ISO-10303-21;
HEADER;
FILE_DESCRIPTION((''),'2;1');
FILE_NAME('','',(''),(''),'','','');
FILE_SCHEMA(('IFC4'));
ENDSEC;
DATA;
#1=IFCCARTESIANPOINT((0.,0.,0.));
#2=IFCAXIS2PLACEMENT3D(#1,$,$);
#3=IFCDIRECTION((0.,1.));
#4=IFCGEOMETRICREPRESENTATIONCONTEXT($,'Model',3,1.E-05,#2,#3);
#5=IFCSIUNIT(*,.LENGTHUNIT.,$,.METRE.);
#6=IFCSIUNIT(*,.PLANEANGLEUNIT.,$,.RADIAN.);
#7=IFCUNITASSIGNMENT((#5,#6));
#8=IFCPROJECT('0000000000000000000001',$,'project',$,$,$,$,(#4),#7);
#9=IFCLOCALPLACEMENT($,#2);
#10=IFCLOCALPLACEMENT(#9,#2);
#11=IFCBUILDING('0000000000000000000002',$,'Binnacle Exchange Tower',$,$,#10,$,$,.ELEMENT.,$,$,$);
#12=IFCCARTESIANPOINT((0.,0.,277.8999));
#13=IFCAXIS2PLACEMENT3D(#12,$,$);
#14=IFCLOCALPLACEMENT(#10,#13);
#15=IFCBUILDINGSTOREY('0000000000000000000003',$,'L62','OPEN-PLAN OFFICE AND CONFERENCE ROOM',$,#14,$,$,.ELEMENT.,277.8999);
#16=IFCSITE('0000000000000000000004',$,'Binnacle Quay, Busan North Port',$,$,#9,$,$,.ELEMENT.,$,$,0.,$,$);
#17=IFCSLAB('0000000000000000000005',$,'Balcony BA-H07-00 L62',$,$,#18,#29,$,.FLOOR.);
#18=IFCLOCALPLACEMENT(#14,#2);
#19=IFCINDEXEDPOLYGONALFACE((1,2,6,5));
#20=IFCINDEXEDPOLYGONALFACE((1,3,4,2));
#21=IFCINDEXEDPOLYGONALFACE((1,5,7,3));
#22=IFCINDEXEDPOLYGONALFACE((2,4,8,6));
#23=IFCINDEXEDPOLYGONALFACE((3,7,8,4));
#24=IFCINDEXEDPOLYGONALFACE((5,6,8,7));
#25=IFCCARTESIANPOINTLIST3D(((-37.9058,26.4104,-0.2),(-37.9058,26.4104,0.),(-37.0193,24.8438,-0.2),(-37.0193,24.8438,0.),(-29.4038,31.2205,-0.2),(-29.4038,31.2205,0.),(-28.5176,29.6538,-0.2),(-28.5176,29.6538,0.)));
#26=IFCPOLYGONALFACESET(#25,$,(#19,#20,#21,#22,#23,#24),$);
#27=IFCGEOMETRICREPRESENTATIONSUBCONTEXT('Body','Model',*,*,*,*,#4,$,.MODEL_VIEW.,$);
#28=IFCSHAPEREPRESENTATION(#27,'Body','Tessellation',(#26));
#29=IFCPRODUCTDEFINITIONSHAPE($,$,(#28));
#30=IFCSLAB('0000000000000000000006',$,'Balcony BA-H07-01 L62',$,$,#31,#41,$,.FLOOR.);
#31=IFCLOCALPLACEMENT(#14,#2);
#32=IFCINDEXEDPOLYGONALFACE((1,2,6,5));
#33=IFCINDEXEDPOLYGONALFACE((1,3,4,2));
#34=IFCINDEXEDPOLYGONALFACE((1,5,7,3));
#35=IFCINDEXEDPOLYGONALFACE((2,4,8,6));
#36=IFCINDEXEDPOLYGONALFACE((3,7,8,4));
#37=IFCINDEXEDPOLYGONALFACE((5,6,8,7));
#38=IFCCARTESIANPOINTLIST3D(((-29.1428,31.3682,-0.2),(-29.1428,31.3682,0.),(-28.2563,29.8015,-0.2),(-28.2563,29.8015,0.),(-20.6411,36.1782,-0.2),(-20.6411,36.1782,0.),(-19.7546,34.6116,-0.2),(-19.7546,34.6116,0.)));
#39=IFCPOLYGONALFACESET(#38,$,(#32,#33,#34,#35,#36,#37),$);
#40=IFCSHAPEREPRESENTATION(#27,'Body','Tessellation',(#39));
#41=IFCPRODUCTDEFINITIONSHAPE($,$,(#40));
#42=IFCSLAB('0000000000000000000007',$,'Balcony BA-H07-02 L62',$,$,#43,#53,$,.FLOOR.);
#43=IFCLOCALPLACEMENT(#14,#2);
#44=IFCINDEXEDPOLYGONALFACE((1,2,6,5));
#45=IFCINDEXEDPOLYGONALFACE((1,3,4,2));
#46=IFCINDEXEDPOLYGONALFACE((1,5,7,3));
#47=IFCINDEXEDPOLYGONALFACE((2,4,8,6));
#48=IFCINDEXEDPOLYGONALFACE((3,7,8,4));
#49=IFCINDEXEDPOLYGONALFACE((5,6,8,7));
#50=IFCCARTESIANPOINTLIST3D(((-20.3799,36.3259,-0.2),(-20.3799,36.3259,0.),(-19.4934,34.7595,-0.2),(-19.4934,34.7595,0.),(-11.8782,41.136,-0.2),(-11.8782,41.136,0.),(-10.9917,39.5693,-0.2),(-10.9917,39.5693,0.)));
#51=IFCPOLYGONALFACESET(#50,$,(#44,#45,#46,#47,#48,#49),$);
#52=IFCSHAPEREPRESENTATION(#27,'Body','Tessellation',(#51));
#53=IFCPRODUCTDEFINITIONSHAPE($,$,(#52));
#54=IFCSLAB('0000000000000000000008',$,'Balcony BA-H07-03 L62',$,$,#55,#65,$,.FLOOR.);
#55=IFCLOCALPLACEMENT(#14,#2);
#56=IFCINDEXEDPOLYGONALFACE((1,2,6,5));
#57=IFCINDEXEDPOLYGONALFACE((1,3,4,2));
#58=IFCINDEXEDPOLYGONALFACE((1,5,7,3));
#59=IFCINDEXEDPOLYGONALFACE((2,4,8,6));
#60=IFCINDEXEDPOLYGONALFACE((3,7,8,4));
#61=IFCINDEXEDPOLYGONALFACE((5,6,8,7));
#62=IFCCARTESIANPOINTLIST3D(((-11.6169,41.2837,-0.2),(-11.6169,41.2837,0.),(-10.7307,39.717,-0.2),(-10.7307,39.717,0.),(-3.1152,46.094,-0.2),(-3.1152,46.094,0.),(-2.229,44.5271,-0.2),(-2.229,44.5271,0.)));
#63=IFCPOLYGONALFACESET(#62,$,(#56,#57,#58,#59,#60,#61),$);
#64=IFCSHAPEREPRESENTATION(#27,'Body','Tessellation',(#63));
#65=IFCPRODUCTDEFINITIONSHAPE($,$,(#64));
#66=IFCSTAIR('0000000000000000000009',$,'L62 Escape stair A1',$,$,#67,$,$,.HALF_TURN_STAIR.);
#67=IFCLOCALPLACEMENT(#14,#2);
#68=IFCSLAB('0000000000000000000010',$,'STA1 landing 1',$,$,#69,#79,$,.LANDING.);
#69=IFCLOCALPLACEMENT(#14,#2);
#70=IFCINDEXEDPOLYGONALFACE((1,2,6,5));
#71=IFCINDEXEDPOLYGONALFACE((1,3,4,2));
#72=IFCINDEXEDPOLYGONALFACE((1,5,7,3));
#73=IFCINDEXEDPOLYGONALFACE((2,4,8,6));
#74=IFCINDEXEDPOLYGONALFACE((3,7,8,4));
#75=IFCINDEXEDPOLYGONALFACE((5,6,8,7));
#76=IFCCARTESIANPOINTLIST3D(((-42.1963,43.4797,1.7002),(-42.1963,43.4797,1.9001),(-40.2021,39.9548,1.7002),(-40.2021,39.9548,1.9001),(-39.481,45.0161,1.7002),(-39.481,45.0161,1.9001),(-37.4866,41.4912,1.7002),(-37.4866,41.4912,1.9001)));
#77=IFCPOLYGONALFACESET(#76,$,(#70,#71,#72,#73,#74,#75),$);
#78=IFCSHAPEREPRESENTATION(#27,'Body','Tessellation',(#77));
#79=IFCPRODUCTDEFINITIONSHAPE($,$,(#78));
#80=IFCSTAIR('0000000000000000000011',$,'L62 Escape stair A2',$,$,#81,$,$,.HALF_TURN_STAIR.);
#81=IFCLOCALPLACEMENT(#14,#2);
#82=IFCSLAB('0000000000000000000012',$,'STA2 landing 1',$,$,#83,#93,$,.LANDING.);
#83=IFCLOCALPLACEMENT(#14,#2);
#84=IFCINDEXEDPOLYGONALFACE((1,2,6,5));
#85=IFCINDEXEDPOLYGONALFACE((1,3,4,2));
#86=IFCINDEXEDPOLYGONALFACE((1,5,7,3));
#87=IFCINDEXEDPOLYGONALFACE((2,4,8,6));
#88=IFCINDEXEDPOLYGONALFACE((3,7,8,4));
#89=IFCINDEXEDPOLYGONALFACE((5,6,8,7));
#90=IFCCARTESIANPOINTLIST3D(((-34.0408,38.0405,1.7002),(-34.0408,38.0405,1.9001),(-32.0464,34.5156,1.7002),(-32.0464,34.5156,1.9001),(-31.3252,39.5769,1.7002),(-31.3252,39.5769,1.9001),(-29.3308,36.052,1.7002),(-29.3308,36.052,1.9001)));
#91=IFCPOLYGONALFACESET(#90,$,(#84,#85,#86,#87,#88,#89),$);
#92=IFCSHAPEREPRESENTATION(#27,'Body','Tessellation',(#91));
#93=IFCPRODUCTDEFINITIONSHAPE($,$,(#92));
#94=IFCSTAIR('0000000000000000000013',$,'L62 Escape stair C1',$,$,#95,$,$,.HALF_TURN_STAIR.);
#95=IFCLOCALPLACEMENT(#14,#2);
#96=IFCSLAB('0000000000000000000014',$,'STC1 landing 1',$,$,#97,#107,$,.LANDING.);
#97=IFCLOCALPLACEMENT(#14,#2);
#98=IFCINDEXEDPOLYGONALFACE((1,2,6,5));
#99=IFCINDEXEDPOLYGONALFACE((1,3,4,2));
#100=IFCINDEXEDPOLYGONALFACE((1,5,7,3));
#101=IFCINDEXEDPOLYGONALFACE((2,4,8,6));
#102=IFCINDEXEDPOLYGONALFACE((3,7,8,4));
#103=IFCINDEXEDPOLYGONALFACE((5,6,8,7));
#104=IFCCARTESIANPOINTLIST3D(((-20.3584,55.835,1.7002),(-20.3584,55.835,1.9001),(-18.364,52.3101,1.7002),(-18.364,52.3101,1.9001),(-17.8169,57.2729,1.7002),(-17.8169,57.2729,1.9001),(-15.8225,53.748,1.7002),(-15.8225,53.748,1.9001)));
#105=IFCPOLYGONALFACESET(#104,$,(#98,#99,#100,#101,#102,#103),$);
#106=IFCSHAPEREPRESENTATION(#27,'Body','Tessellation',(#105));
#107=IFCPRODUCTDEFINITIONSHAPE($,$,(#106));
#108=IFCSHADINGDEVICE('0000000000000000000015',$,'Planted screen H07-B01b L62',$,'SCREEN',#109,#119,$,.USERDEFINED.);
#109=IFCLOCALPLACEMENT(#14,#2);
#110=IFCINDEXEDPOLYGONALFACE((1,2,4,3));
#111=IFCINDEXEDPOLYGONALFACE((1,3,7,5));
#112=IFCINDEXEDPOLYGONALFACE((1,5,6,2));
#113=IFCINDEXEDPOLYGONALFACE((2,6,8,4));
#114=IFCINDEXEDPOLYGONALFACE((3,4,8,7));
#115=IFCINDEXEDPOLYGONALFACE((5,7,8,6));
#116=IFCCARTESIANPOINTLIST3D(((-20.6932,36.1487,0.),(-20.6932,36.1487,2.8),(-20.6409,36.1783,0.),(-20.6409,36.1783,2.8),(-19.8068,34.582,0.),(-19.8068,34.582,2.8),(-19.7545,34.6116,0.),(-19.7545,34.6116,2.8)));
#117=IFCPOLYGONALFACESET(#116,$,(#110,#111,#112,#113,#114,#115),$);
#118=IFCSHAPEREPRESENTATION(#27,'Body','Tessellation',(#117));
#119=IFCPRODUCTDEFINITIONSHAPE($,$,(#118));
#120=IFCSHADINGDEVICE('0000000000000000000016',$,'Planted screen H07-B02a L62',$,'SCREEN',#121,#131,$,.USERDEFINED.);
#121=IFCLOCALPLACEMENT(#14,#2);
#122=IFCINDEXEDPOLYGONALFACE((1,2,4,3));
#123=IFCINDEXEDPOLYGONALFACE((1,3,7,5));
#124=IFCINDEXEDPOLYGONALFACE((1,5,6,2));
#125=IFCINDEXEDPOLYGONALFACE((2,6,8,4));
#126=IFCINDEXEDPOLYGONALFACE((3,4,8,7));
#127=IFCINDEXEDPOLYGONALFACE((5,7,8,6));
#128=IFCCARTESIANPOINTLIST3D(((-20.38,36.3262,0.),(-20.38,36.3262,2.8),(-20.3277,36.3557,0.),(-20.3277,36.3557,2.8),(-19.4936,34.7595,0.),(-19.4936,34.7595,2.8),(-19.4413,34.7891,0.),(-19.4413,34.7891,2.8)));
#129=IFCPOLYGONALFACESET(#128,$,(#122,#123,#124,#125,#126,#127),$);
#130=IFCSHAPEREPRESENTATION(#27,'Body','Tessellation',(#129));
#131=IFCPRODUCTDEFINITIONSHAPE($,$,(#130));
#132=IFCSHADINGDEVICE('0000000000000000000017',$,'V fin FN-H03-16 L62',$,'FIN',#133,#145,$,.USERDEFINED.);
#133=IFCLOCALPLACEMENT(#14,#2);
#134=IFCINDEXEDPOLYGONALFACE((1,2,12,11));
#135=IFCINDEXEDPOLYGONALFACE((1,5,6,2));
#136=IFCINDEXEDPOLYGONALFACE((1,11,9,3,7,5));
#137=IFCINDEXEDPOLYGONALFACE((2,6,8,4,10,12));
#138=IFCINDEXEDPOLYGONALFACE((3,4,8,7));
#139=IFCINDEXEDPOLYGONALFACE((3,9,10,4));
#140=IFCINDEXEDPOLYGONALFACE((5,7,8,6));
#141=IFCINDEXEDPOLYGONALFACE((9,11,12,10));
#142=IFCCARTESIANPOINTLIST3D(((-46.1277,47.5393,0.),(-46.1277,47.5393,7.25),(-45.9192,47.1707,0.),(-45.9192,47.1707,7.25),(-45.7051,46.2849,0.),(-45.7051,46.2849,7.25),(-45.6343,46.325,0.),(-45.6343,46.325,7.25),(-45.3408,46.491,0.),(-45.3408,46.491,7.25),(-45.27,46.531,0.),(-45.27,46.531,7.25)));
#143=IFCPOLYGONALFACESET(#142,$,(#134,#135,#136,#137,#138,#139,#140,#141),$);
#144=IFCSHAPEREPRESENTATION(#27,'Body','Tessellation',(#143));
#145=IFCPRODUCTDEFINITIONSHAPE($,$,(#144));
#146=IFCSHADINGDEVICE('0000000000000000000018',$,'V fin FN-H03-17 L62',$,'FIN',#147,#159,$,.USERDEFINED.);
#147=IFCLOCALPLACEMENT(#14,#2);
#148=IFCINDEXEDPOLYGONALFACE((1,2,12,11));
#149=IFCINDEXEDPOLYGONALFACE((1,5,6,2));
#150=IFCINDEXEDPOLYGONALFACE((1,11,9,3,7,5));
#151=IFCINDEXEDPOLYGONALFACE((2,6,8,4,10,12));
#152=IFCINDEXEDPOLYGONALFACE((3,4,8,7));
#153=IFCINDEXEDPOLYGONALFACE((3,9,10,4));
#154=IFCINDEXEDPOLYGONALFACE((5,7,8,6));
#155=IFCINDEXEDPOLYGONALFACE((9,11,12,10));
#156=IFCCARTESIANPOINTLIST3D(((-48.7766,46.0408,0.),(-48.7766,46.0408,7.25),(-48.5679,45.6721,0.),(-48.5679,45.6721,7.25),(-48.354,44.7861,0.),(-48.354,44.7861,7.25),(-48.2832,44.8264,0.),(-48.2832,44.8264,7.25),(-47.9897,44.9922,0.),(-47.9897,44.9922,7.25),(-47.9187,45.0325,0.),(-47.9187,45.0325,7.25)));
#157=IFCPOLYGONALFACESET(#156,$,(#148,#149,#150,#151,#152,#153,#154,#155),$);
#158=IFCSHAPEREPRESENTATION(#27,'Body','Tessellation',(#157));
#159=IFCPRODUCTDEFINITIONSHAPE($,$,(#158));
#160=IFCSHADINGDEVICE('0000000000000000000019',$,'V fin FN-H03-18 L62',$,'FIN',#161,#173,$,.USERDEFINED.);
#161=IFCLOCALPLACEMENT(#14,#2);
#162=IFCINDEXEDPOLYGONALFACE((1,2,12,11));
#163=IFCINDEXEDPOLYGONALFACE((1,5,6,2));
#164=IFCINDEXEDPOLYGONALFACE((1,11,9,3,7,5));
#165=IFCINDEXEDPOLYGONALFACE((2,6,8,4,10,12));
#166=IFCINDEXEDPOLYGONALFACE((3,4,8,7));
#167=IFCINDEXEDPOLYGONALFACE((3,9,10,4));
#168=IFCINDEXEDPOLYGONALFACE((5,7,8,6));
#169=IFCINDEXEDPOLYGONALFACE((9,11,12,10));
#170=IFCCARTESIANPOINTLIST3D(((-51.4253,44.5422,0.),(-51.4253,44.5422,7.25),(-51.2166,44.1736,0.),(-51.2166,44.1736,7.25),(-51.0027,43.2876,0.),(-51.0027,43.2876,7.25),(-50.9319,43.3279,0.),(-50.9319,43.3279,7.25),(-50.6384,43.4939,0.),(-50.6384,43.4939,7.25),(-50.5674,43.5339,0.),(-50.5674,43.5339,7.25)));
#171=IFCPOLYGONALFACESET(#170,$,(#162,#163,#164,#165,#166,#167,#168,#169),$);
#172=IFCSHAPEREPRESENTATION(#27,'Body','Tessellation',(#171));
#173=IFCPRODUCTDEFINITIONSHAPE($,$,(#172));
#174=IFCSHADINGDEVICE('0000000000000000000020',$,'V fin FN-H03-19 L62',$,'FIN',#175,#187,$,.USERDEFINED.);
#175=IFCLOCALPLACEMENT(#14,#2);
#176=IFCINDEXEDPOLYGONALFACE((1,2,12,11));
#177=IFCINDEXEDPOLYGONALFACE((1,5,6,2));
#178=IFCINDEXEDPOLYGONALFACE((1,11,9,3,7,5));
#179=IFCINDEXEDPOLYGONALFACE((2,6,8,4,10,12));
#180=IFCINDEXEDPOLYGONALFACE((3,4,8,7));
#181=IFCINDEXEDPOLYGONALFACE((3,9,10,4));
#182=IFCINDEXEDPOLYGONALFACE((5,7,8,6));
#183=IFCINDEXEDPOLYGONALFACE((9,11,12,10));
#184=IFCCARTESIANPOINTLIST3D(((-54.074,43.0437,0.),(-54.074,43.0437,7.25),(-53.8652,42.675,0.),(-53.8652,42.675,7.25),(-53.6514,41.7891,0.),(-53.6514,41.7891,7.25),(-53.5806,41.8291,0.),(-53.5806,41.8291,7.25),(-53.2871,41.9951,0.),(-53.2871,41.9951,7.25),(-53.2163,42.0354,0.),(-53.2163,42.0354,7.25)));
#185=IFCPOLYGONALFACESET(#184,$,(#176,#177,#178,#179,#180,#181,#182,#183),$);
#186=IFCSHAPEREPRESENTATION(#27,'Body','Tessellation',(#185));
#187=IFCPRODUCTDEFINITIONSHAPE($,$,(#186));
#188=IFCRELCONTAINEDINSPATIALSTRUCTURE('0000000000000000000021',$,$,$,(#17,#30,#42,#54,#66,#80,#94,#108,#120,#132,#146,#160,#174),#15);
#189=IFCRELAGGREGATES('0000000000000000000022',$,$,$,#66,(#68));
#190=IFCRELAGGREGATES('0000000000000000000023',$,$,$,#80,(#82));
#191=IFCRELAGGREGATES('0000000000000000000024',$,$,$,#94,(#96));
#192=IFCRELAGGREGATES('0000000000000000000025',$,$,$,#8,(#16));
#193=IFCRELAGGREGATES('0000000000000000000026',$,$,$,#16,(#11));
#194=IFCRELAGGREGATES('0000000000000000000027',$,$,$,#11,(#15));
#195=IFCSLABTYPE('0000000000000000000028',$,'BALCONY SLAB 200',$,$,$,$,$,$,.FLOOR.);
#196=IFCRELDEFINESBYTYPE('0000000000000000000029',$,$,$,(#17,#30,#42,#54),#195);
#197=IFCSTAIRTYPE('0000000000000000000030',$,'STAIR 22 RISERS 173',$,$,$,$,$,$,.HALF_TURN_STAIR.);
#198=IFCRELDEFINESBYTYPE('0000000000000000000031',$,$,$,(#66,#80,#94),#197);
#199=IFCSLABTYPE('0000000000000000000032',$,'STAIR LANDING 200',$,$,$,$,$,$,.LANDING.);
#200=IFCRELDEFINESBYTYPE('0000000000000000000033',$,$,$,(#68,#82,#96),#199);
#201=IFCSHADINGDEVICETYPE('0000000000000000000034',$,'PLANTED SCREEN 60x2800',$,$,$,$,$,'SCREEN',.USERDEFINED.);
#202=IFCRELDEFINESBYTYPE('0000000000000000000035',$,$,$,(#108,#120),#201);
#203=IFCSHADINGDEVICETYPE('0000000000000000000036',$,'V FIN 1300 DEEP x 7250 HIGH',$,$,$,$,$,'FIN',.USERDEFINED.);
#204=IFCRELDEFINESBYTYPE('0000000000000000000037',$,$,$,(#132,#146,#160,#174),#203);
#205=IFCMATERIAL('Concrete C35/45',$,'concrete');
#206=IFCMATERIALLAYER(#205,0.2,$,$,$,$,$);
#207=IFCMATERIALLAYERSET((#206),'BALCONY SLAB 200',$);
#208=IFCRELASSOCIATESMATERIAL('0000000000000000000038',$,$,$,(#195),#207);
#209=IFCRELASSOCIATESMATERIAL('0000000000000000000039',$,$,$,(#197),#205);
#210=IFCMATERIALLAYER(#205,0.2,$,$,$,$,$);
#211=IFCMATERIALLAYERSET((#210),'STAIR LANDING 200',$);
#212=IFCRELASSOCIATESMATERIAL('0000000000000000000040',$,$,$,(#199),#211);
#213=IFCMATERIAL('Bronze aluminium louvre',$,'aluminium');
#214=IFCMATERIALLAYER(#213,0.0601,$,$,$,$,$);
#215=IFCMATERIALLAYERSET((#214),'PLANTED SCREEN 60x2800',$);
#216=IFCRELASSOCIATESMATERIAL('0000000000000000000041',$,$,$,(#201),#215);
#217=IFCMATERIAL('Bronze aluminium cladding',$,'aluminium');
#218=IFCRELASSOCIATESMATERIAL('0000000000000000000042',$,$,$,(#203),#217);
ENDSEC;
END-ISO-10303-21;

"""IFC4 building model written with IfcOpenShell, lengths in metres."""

from ifc_helpers import new_model, si_unit, direction, frame, origin, origin_2d, place, context, subcontext, project, spatial, polyline, rectangle, outline, extrude, material, layer, layer_set, type_object, element, aggregate, save


model = new_model("IFC4")

# Units and contexts
model_context = context("Model", 3, precision=1e-05, world=origin(), true_north=direction((0.0, 1.0)))
body_context = subcontext(model_context, "Body", "Model", "MODEL_VIEW")
ifc_project = project(units=[si_unit("LENGTHUNIT", "METRE"), si_unit("PLANEANGLEUNIT", "RADIAN")], contexts=[model_context])

# Site, building, storey
site_placement = place(None, origin())
site = spatial("IfcSite", under=ifc_project, at=site_placement, Name="Binnacle Quay, Busan North Port", CompositionType="ELEMENT", RefElevation=0.0)
building_placement = place(site_placement, origin())
building = spatial("IfcBuilding", under=site, at=building_placement, Name="Binnacle Exchange Tower", CompositionType="ELEMENT")
storey_placement = place(building_placement, frame((0.0, 0.0, 277.8999)))
storey = spatial("IfcBuildingStorey", under=building, at=storey_placement, Name="L62", Description="OPEN-PLAN OFFICE AND CONFERENCE ROOM", CompositionType="ELEMENT", Elevation=277.8999)

# Slabs
ifc_material_1 = material(Name="Concrete C35/45", Category="concrete")
ifc_layer_1 = layer(ifc_material_1, 0.2)
ifc_layer_set_1 = layer_set([ifc_layer_1], Name="BALCONY SLAB 200")
slab_type_1 = type_object("IfcSlabType", Name="BALCONY SLAB 200", PredefinedType="FLOOR", material=ifc_layer_set_1)
slab_1_placement = place(storey_placement, frame((0.0, 0.0, -0.2)))
element("IfcSlab", 1, at=slab_1_placement, inside=storey, type_object=slab_type_1, Name="Balcony BA-H07-00 L62", PredefinedType="FLOOR", context=body_context, shape_type="SweptSolid", body=[
    extrude(outline(polyline([(-37.9058, 26.4104), (-29.4038, 31.2205), (-28.5176, 29.6538), (-37.0193, 24.8438), (-37.9058, 26.4104)])), origin(), (0.0, 0.0, 1.0), 0.2),
])
slab_2_placement = place(storey_placement, frame((0.0, 0.0, -0.2)))
element("IfcSlab", 2, at=slab_2_placement, inside=storey, type_object=slab_type_1, Name="Balcony BA-H07-01 L62", PredefinedType="FLOOR", context=body_context, shape_type="SweptSolid", body=[
    extrude(outline(polyline([(-29.1428, 31.3682), (-20.6411, 36.1782), (-19.7546, 34.6116), (-28.2563, 29.8015), (-29.1428, 31.3682)])), origin(), (0.0, 0.0, 1.0), 0.2),
])
slab_3_placement = place(storey_placement, frame((0.0, 0.0, -0.2)))
element("IfcSlab", 3, at=slab_3_placement, inside=storey, type_object=slab_type_1, Name="Balcony BA-H07-02 L62", PredefinedType="FLOOR", context=body_context, shape_type="SweptSolid", body=[
    extrude(outline(polyline([(-20.3799, 36.3259), (-11.8782, 41.136), (-10.9917, 39.5693), (-19.4934, 34.7595), (-20.3799, 36.3259)])), origin(), (0.0, 0.0, 1.0), 0.2),
])
slab_4_placement = place(storey_placement, frame((0.0, 0.0, -0.2)))
element("IfcSlab", 4, at=slab_4_placement, inside=storey, type_object=slab_type_1, Name="Balcony BA-H07-03 L62", PredefinedType="FLOOR", context=body_context, shape_type="SweptSolid", body=[
    extrude(outline(polyline([(-11.6169, 41.2837), (-3.1152, 46.094), (-2.229, 44.5271), (-10.7307, 39.717), (-11.6169, 41.2837)])), origin(), (0.0, 0.0, 1.0), 0.2),
])

# Stairs, slabs
stair_type = type_object("IfcStairType", Name="STAIR 22 RISERS 173", PredefinedType="HALF_TURN_STAIR", material=ifc_material_1)
stair_1_placement = place(storey_placement, origin())
stair_1 = element("IfcStair", 5, at=stair_1_placement, inside=storey, type_object=stair_type, Name="L62 Escape stair A1", PredefinedType="HALF_TURN_STAIR")
ifc_layer_2 = layer(ifc_material_1, 0.2)
ifc_layer_set_2 = layer_set([ifc_layer_2], Name="STAIR LANDING 200")
slab_type_2 = type_object("IfcSlabType", Name="STAIR LANDING 200", PredefinedType="LANDING", material=ifc_layer_set_2)
slab_5_placement = place(storey_placement, frame((0.0, 0.0, 1.7002)))
slab_5 = element("IfcSlab", 6, at=slab_5_placement, type_object=slab_type_2, Name="STA1 landing 1", PredefinedType="LANDING", context=body_context, shape_type="SweptSolid", body=[
    extrude(outline(polyline([(-40.2021, 39.9548), (-37.4866, 41.4912), (-39.481, 45.0161), (-42.1963, 43.4797), (-40.2021, 39.9548)])), origin(), (0.0, 0.0, 1.0), 0.2),
])
aggregate(stair_1, [slab_5])
stair_2_placement = place(storey_placement, origin())
stair_2 = element("IfcStair", 7, at=stair_2_placement, inside=storey, type_object=stair_type, Name="L62 Escape stair A2", PredefinedType="HALF_TURN_STAIR")
slab_6_placement = place(storey_placement, frame((0.0, 0.0, 1.7002)))
slab_6 = element("IfcSlab", 8, at=slab_6_placement, type_object=slab_type_2, Name="STA2 landing 1", PredefinedType="LANDING", context=body_context, shape_type="SweptSolid", body=[
    extrude(outline(polyline([(-31.3252, 39.5769), (-34.0408, 38.0405), (-32.0464, 34.5156), (-29.3308, 36.052), (-31.3252, 39.5769)])), origin(), (0.0, 0.0, 1.0), 0.2),
])
aggregate(stair_2, [slab_6])
stair_3_placement = place(storey_placement, origin())
stair_3 = element("IfcStair", 9, at=stair_3_placement, inside=storey, type_object=stair_type, Name="L62 Escape stair C1", PredefinedType="HALF_TURN_STAIR")
slab_7_placement = place(storey_placement, frame((0.0, 0.0, 1.7002)))
slab_7 = element("IfcSlab", 10, at=slab_7_placement, type_object=slab_type_2, Name="STC1 landing 1", PredefinedType="LANDING", context=body_context, shape_type="SweptSolid", body=[
    extrude(outline(polyline([(-18.364, 52.3101), (-15.8225, 53.748), (-17.8169, 57.2729), (-20.3584, 55.835), (-18.364, 52.3101)])), origin(), (0.0, 0.0, 1.0), 0.2),
])
aggregate(stair_3, [slab_7])

# Shading devices
ifc_material_2 = material(Name="Bronze aluminium louvre", Category="aluminium")
ifc_layer_3 = layer(ifc_material_2, 0.0601)
ifc_layer_set_3 = layer_set([ifc_layer_3], Name="PLANTED SCREEN 60x2800")
shading_device_type_1 = type_object("IfcShadingDeviceType", Name="PLANTED SCREEN 60x2800", ElementType="SCREEN", PredefinedType="USERDEFINED", material=ifc_layer_set_3)
for number, where, z_axis, x_axis, name in (
    (11, (-20.2239, 35.3801, 0.0), (0.0, 0.0, 1.0), (0.870356, 0.492424, 0.0), "Planted screen H07-B01b L62"),
    (12, (-19.9106, 35.5576, 0.0), (0.0, 0.0, 1.0), (0.870356, 0.492424, 0.0), "Planted screen H07-B02a L62"),
):
    element("IfcShadingDevice", number, at=place(storey_placement, frame(where, z_axis=z_axis, x_axis=x_axis)), inside=storey, type_object=shading_device_type_1, Name=name, ObjectType="SCREEN", PredefinedType="USERDEFINED", context=body_context, shape_type="SweptSolid", body=[
        extrude(rectangle(XDim=0.0601, YDim=1.8, at=origin_2d()), origin(), (0.0, 0.0, 1.0), 2.8),
    ])
ifc_material_3 = material(Name="Bronze aluminium cladding", Category="aluminium")
shading_device_type_2 = type_object("IfcShadingDeviceType", Name="V FIN 1300 DEEP x 7250 HIGH", ElementType="FIN", PredefinedType="USERDEFINED", material=ifc_material_3)
shading_device_1_placement = place(storey_placement, origin())
element("IfcShadingDevice", 13, at=shading_device_1_placement, inside=storey, type_object=shading_device_type_2, Name="V fin FN-H03-16 L62", ObjectType="FIN", PredefinedType="USERDEFINED", context=body_context, shape_type="SweptSolid", body=[
    extrude(outline(polyline([(-45.27, 46.531), (-46.1277, 47.5393), (-45.7051, 46.2849), (-45.6343, 46.325), (-45.9192, 47.1707), (-45.3408, 46.491), (-45.27, 46.531)])), origin(), (0.0, 0.0, 1.0), 7.25),
])
shading_device_2_placement = place(storey_placement, origin())
element("IfcShadingDevice", 14, at=shading_device_2_placement, inside=storey, type_object=shading_device_type_2, Name="V fin FN-H03-17 L62", ObjectType="FIN", PredefinedType="USERDEFINED", context=body_context, shape_type="SweptSolid", body=[
    extrude(outline(polyline([(-47.9187, 45.0325), (-48.7766, 46.0408), (-48.354, 44.7861), (-48.2832, 44.8264), (-48.5679, 45.6721), (-47.9897, 44.9922), (-47.9187, 45.0325)])), origin(), (0.0, 0.0, 1.0), 7.25),
])
shading_device_3_placement = place(storey_placement, origin())
element("IfcShadingDevice", 15, at=shading_device_3_placement, inside=storey, type_object=shading_device_type_2, Name="V fin FN-H03-18 L62", ObjectType="FIN", PredefinedType="USERDEFINED", context=body_context, shape_type="SweptSolid", body=[
    extrude(outline(polyline([(-50.5674, 43.5339), (-51.4253, 44.5422), (-51.0027, 43.2876), (-50.9319, 43.3279), (-51.2166, 44.1736), (-50.6384, 43.4939), (-50.5674, 43.5339)])), origin(), (0.0, 0.0, 1.0), 7.25),
])
shading_device_4_placement = place(storey_placement, origin())
element("IfcShadingDevice", 16, at=shading_device_4_placement, inside=storey, type_object=shading_device_type_2, Name="V fin FN-H03-19 L62", ObjectType="FIN", PredefinedType="USERDEFINED", context=body_context, shape_type="SweptSolid", body=[
    extrude(outline(polyline([(-53.2163, 42.0354), (-54.074, 43.0437), (-53.6514, 41.7891), (-53.5806, 41.8291), (-53.8652, 42.675), (-53.2871, 41.9951), (-53.2163, 42.0354)])), origin(), (0.0, 0.0, 1.0), 7.25),
])

save(model, "model.ifc")
